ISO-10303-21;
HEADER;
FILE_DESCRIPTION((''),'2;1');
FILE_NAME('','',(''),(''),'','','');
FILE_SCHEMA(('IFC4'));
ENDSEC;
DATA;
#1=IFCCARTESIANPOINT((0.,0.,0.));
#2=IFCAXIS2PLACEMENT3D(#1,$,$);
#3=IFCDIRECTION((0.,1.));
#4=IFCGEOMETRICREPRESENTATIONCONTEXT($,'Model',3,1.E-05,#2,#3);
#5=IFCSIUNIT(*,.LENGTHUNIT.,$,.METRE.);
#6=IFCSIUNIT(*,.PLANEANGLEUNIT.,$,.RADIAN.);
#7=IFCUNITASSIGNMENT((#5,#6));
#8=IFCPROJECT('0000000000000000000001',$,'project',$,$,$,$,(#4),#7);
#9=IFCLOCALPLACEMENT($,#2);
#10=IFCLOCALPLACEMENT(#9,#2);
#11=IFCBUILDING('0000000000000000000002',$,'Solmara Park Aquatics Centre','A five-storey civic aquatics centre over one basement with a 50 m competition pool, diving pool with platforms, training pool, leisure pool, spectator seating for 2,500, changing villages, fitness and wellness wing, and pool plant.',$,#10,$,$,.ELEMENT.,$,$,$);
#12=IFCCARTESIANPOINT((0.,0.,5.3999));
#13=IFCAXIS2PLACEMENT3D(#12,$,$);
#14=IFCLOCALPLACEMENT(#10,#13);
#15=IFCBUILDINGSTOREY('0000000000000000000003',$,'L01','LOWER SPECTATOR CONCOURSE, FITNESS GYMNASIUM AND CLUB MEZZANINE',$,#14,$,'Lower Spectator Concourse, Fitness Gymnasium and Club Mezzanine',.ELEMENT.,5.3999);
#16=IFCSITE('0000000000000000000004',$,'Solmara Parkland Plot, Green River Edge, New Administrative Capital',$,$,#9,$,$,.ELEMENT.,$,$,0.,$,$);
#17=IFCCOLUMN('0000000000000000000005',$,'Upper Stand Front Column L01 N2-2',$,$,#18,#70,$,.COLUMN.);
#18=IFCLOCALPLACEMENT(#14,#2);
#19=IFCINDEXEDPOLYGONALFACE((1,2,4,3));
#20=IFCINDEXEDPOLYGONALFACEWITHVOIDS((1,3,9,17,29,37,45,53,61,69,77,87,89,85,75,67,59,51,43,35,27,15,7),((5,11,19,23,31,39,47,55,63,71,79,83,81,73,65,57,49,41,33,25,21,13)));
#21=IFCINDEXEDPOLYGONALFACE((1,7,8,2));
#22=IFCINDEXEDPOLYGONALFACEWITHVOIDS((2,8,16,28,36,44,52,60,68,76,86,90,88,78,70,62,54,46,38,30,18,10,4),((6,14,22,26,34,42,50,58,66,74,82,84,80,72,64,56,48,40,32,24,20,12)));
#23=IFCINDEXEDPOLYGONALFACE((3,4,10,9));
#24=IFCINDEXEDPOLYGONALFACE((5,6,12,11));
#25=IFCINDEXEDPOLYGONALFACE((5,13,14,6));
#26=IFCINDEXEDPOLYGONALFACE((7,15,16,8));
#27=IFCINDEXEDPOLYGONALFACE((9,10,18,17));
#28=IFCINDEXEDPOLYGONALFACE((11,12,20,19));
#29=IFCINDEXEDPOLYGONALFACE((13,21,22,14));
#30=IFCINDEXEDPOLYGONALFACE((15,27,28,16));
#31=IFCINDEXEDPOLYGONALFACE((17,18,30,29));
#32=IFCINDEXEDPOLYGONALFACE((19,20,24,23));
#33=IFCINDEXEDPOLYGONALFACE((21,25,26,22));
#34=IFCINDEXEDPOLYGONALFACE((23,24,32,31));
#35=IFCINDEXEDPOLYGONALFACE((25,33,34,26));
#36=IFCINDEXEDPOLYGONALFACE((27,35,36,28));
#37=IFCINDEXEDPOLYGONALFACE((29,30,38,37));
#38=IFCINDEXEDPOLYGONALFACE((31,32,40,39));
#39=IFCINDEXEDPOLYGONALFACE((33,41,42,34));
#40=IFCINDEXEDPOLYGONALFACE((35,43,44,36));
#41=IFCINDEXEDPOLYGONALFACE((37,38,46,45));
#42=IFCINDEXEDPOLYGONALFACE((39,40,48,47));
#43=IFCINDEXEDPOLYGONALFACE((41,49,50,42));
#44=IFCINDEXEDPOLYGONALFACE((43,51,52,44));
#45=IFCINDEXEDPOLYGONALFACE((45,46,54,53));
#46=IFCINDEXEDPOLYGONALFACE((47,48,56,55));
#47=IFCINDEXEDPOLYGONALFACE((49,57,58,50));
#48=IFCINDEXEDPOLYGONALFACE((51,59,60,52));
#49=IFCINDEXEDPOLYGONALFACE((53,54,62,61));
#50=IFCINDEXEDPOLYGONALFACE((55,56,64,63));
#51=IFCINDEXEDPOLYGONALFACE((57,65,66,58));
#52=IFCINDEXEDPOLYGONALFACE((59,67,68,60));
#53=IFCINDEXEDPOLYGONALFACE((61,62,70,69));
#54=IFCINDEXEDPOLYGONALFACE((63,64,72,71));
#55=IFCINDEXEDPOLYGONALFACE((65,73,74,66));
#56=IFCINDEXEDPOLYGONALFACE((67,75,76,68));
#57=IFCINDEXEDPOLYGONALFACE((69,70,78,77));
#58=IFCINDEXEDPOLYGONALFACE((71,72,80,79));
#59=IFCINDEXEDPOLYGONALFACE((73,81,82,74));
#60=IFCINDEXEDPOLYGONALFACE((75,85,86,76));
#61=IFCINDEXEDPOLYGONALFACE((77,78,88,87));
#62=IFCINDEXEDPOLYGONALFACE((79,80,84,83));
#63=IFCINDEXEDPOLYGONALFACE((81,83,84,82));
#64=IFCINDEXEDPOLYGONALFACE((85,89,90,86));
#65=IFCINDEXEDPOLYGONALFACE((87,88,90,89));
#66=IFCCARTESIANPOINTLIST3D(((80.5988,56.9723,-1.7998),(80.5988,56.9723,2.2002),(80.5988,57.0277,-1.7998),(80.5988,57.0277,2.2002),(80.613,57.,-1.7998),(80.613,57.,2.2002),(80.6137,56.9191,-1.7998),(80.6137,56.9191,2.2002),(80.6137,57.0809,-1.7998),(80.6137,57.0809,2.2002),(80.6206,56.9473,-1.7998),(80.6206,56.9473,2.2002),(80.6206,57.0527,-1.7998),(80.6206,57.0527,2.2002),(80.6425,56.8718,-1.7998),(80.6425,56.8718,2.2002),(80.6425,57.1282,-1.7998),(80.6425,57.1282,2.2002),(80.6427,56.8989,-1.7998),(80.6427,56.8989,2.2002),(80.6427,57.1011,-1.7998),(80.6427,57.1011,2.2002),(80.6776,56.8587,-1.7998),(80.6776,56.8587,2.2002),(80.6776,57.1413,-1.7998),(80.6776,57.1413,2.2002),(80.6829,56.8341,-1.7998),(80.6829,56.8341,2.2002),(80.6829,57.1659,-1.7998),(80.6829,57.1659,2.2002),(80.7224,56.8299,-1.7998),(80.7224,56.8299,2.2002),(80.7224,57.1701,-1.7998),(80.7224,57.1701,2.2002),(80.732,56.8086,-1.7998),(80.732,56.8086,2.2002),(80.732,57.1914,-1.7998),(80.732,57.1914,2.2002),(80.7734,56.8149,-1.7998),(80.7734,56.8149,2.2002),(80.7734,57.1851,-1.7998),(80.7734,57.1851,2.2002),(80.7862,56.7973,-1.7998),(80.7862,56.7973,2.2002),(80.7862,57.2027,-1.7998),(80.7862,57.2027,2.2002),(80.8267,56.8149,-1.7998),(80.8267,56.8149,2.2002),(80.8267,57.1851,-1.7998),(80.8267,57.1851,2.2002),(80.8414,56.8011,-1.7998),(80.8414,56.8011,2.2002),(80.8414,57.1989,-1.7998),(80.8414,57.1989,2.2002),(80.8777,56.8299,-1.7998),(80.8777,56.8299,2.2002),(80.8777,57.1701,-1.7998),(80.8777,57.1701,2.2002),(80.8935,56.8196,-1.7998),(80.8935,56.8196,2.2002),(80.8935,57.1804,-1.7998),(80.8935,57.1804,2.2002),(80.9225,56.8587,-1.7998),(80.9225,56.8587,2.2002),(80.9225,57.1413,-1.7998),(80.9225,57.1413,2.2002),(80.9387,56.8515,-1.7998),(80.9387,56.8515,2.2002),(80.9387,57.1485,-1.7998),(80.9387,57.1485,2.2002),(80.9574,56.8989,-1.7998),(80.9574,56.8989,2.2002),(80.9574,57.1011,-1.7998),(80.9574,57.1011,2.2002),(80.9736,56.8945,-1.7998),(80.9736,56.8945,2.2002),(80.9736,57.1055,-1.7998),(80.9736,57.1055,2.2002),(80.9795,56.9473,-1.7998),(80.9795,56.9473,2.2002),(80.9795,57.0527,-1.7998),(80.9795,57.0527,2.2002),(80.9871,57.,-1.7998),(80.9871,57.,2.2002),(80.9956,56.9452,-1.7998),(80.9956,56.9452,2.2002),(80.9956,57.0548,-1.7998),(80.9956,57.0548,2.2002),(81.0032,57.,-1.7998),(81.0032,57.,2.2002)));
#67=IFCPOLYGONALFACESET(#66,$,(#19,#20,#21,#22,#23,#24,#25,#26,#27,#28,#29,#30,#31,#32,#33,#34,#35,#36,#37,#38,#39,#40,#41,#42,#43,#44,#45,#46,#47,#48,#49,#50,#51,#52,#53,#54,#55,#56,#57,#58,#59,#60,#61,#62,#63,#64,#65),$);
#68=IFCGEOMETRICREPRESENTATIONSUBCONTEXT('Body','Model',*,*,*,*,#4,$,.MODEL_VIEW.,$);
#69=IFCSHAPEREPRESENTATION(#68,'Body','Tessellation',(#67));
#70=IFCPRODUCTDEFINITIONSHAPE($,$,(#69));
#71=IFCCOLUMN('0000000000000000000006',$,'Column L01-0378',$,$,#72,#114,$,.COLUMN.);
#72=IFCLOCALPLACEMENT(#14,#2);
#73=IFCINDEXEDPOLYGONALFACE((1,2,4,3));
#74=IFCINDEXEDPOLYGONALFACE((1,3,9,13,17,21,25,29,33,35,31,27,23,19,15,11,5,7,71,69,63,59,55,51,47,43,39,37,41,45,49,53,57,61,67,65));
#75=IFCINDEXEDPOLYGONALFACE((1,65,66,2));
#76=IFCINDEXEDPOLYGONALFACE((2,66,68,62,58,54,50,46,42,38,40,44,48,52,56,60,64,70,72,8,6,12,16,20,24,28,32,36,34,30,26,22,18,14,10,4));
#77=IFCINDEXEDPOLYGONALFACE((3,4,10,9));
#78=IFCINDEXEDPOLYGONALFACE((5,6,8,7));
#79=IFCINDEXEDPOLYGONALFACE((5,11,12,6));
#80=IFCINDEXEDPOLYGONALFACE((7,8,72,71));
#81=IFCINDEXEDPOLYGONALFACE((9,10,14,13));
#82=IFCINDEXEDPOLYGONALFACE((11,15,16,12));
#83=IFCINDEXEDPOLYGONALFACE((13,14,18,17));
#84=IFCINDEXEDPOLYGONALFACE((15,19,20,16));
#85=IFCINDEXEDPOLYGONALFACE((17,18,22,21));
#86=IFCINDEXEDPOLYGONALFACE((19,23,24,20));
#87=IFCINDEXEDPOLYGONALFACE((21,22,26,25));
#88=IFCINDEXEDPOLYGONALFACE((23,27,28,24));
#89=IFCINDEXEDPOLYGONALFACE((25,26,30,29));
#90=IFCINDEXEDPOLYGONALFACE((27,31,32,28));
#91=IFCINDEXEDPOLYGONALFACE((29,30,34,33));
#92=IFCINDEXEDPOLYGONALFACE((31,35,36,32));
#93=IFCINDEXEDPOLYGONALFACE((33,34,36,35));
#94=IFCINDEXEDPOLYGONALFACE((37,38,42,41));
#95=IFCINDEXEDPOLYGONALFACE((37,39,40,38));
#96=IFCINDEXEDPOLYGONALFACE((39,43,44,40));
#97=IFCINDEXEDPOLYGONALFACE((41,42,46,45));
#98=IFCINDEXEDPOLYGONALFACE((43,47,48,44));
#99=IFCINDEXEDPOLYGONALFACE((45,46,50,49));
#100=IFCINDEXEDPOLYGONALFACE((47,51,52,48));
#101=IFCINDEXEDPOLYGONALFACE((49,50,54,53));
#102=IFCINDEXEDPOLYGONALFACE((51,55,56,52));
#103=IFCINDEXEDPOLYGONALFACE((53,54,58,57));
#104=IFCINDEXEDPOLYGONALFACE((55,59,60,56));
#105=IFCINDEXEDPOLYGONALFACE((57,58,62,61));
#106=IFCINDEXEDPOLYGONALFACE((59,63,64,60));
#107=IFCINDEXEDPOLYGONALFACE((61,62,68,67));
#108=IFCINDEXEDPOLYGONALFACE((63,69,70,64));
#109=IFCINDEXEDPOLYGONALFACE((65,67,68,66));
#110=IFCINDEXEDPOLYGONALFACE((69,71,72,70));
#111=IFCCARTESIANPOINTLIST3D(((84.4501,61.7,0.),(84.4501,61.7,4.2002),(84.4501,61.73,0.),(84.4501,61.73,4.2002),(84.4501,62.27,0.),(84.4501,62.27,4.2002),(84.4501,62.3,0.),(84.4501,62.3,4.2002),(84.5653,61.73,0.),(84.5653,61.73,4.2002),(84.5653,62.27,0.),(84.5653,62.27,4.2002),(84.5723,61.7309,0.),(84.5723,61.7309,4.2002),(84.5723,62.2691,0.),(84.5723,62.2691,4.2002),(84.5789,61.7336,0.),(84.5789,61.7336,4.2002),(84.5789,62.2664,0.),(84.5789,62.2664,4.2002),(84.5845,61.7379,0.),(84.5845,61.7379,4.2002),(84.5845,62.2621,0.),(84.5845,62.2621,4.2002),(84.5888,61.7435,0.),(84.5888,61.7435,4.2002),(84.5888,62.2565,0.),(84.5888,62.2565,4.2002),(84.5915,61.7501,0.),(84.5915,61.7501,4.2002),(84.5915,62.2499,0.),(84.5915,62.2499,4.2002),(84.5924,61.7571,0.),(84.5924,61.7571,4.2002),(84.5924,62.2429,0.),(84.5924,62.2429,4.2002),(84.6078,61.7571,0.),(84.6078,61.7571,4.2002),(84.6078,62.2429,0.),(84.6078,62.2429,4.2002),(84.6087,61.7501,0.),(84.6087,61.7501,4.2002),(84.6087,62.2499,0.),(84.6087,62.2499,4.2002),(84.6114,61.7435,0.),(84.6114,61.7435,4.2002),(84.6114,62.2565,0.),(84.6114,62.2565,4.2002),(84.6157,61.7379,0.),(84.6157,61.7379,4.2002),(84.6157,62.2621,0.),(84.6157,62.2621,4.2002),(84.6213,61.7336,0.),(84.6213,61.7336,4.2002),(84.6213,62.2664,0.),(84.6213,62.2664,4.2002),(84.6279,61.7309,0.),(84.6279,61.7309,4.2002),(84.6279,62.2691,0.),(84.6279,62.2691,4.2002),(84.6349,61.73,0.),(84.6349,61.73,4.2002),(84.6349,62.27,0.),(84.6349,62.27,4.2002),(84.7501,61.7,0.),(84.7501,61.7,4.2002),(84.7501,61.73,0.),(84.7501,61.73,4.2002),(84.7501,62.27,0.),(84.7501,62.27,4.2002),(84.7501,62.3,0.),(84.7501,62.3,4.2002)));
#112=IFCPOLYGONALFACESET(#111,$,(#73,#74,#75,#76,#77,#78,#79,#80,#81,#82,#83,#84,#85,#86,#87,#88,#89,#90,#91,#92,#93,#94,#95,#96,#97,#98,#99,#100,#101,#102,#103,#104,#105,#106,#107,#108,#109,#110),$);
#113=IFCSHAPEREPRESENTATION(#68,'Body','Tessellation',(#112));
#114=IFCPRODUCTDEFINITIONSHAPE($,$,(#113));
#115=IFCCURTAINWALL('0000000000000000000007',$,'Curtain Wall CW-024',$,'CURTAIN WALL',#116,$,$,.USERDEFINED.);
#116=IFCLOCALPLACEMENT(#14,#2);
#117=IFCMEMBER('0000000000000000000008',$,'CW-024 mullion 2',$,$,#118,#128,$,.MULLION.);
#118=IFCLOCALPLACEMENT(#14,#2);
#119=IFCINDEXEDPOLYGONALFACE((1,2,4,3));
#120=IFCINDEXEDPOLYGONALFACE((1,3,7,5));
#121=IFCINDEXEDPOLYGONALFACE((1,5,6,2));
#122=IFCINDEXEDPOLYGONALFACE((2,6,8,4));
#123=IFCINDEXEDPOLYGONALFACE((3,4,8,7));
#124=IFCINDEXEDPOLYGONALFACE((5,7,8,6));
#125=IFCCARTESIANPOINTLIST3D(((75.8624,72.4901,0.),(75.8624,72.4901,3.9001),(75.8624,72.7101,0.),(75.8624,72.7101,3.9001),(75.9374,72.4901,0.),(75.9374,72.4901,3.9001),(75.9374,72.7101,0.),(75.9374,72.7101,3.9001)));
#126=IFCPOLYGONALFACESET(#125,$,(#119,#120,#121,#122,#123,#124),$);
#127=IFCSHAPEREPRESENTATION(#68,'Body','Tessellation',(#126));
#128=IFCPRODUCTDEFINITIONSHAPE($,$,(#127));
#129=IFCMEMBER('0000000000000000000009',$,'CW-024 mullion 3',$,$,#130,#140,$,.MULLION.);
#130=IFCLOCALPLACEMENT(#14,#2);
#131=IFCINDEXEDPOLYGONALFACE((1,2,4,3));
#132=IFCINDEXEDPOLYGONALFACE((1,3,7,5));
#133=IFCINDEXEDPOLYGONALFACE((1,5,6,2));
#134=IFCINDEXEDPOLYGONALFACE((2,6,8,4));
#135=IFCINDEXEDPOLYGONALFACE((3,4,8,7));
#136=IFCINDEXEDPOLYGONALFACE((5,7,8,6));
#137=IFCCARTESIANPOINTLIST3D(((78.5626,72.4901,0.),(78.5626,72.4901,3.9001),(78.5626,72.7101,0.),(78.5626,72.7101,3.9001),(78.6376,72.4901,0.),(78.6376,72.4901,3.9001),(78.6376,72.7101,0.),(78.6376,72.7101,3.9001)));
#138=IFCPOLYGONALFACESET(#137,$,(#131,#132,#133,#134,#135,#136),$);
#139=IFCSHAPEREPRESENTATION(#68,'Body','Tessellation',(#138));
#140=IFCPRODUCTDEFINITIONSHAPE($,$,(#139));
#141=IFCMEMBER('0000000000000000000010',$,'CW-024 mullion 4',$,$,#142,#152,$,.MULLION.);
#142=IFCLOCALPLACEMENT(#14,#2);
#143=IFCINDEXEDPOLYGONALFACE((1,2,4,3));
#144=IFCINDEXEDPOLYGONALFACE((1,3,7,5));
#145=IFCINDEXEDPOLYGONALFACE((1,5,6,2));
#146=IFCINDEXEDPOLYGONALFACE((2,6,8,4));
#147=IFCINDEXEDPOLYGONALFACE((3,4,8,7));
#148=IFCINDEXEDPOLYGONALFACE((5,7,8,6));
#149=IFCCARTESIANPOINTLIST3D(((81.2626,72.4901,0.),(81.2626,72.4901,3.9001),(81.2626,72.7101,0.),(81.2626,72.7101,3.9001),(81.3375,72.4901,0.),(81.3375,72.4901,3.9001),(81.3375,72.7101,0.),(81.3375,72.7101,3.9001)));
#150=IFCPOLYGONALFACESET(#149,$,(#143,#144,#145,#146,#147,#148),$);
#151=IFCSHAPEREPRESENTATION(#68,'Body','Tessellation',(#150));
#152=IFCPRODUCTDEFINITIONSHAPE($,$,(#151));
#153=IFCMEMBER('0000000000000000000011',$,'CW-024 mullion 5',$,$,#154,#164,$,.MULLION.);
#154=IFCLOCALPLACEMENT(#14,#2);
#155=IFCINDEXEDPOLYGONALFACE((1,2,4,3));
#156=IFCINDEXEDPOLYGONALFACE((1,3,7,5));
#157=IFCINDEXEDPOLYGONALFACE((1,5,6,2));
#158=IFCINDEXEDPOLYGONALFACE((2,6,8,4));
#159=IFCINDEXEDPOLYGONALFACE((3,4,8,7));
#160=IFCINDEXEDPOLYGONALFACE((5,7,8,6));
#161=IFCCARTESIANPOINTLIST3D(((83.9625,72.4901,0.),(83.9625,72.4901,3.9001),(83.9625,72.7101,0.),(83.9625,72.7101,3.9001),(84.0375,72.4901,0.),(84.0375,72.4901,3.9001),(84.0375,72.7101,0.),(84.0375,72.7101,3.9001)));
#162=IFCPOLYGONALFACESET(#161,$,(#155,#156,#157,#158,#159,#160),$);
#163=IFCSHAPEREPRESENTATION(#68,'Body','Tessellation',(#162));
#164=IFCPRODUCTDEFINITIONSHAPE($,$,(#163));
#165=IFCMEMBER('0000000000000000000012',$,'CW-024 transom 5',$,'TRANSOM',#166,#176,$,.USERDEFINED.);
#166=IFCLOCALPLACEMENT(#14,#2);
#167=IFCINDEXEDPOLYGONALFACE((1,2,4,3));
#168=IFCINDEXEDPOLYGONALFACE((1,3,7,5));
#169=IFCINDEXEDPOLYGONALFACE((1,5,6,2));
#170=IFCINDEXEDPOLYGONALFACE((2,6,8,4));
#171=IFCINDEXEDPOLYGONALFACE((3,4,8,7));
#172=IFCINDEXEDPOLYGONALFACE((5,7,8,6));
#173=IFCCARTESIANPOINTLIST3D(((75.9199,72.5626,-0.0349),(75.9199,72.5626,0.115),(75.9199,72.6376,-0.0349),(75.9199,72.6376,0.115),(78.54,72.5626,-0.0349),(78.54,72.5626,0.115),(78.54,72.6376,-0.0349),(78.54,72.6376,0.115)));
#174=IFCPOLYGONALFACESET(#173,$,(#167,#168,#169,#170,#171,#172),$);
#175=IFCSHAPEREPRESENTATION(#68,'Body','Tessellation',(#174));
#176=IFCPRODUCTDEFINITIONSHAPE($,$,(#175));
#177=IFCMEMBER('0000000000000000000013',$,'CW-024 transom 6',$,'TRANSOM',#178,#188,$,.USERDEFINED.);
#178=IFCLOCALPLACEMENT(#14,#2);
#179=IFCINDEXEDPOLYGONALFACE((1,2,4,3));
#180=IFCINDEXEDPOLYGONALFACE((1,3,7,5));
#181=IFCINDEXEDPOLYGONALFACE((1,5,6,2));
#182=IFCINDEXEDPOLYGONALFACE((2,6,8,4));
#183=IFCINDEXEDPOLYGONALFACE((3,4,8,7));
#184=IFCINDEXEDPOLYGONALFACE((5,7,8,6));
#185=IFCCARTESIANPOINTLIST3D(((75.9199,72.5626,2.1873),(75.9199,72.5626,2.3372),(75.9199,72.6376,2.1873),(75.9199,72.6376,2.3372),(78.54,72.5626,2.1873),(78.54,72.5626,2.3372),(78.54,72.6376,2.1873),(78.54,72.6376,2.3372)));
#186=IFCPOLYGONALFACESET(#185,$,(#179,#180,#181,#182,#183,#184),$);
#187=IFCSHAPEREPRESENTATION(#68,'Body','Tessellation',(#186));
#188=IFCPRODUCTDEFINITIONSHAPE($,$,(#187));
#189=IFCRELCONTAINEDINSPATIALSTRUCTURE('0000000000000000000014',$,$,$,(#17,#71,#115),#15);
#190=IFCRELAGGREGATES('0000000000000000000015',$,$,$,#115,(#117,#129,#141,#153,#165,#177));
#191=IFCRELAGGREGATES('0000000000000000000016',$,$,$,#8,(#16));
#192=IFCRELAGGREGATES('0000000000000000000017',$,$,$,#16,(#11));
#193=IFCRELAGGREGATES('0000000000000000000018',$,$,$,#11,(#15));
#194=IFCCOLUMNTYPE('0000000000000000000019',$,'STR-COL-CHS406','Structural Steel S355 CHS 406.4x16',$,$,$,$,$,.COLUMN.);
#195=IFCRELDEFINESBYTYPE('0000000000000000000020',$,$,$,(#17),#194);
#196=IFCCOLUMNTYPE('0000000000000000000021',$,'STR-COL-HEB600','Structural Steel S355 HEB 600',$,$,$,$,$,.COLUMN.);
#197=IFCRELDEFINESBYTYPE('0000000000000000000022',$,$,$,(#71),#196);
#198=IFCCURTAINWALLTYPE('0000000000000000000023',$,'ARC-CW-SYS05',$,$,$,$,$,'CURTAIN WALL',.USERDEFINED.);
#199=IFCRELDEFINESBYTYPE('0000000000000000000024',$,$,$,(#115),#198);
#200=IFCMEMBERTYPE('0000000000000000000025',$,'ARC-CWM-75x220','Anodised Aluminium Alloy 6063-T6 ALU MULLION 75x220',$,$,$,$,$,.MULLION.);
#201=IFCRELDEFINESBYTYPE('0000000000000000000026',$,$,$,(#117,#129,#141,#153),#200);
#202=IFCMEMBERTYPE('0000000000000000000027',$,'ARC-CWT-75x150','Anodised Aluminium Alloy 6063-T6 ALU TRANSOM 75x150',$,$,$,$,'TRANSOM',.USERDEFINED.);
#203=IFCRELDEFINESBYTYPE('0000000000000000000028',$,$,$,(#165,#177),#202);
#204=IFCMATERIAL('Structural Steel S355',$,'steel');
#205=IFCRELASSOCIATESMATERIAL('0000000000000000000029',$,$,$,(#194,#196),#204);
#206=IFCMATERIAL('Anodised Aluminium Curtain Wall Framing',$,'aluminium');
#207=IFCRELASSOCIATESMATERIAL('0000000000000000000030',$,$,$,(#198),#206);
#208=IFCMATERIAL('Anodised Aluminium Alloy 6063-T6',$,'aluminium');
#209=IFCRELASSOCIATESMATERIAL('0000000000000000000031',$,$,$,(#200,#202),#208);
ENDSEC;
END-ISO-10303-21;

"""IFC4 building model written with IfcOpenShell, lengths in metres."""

from ifc_helpers import new_model, si_unit, direction, frame, origin, origin_2d, place, context, subcontext, project, spatial, rectangle, hollow_circle, i_section, extrude, material, material_profile, profile_set, type_object, element, aggregate, save


model = new_model("IFC4")

# Units and contexts
model_context = context("Model", 3, precision=1e-05, world=origin(), true_north=direction((0.0, 1.0)))
body_context = subcontext(model_context, "Body", "Model", "MODEL_VIEW")
ifc_project = project(units=[si_unit("LENGTHUNIT", "METRE"), si_unit("PLANEANGLEUNIT", "RADIAN")], contexts=[model_context])

# Site, building, storey
site_placement = place(None, origin())
site = spatial("IfcSite", under=ifc_project, at=site_placement, Name="Solmara Parkland Plot, Green River Edge, New Administrative Capital", CompositionType="ELEMENT", RefElevation=0.0)
building_placement = place(site_placement, origin())
building = spatial("IfcBuilding", under=site, at=building_placement, Name="Solmara Park Aquatics Centre", Description="A five-storey civic aquatics centre over one basement with a 50 m competition pool, diving pool with platforms, training pool, leisure pool, spectator seating for 2,500, changing villages, fitness and wellness wing, and pool plant.", CompositionType="ELEMENT")
storey_placement = place(building_placement, frame((0.0, 0.0, 5.3999)))
storey = spatial("IfcBuildingStorey", under=building, at=storey_placement, Name="L01", Description="LOWER SPECTATOR CONCOURSE, FITNESS GYMNASIUM AND CLUB MEZZANINE", LongName="Lower Spectator Concourse, Fitness Gymnasium and Club Mezzanine", CompositionType="ELEMENT", Elevation=5.3999)

# Columns
ifc_material_1 = material(Name="Structural Steel S355", Category="steel")
ifc_material_profile_1 = material_profile(ifc_material_1, hollow_circle(Radius=0.2031, WallThickness=0.0161, at=origin_2d()), Name="CHS 406.4x16")
ifc_profile_set_1 = profile_set([ifc_material_profile_1], Name="Structural Steel S355")
column_type_1 = type_object("IfcColumnType", Name="STR-COL-CHS406", Description="Structural Steel S355 CHS 406.4x16", PredefinedType="COLUMN", material=ifc_profile_set_1)
column_1_placement = place(storey_placement, frame((80.8, 57.0, -1.7998), z_axis=(0.0, 0.0, 1.0), x_axis=(1.0, 0.0, 0.0)))
element("IfcColumn", 1, at=column_1_placement, inside=storey, type_object=column_type_1, Name="Upper Stand Front Column L01 N2-2", PredefinedType="COLUMN", context=body_context, shape_type="SweptSolid", body=[
    extrude(hollow_circle(Radius=0.2031, WallThickness=0.0161, at=origin_2d()), origin(), (0.0, 0.0, 1.0), 4.0),
])
ifc_material_profile_2 = material_profile(ifc_material_1, i_section(OverallWidth=0.3, OverallDepth=0.6001, WebThickness=0.0154, FlangeThickness=0.03, FilletRadius=0.0271, at=origin_2d()), Name="HEB 600")
ifc_profile_set_2 = profile_set([ifc_material_profile_2], Name="Structural Steel S355")
column_type_2 = type_object("IfcColumnType", Name="STR-COL-HEB600", Description="Structural Steel S355 HEB 600", PredefinedType="COLUMN", material=ifc_profile_set_2)
column_2_placement = place(storey_placement, frame((84.6001, 62.0, 0.0), z_axis=(0.0, 0.0, 1.0), x_axis=(1.0, 0.0, 0.0)))
element("IfcColumn", 2, at=column_2_placement, inside=storey, type_object=column_type_2, Name="Column L01-0378", PredefinedType="COLUMN", context=body_context, shape_type="SweptSolid", body=[
    extrude(i_section(OverallWidth=0.3, OverallDepth=0.6001, WebThickness=0.0154, FlangeThickness=0.03, FilletRadius=0.0271, at=origin_2d()), origin(), (0.0, 0.0, 1.0), 4.2002),
])

# Curtain wall, members
ifc_material_2 = material(Name="Anodised Aluminium Curtain Wall Framing", Category="aluminium")
curtain_wall_type = type_object("IfcCurtainWallType", Name="ARC-CW-SYS05", ElementType="CURTAIN WALL", PredefinedType="USERDEFINED", material=ifc_material_2)
curtain_wall_placement = place(storey_placement, origin())
curtain_wall = element("IfcCurtainWall", 3, at=curtain_wall_placement, inside=storey, type_object=curtain_wall_type, Name="Curtain Wall CW-024", ObjectType="CURTAIN WALL", PredefinedType="USERDEFINED")
ifc_material_3 = material(Name="Anodised Aluminium Alloy 6063-T6", Category="aluminium")
ifc_material_profile_3 = material_profile(ifc_material_3, rectangle(XDim=0.075, YDim=0.22, at=origin_2d()), Name="ALU MULLION 75x220")
ifc_profile_set_3 = profile_set([ifc_material_profile_3], Name="Anodised Aluminium Alloy 6063-T6")
member_type_1 = type_object("IfcMemberType", Name="ARC-CWM-75x220", Description="Anodised Aluminium Alloy 6063-T6 ALU MULLION 75x220", PredefinedType="MULLION", material=ifc_profile_set_3)
member_1_placement = place(storey_placement, frame((75.8999, 72.6001, 0.0), z_axis=(0.0, 0.0, 1.0), x_axis=(1.0, 0.0, 0.0)))
member_1 = element("IfcMember", 4, at=member_1_placement, type_object=member_type_1, Name="CW-024 mullion 2", PredefinedType="MULLION", context=body_context, shape_type="SweptSolid", body=[
    extrude(rectangle(XDim=0.075, YDim=0.22, at=origin_2d()), origin(), (0.0, 0.0, 1.0), 3.9001),
])
member_2_placement = place(storey_placement, frame((78.6001, 72.6001, 0.0), z_axis=(0.0, 0.0, 1.0), x_axis=(1.0, 0.0, 0.0)))
member_2 = element("IfcMember", 5, at=member_2_placement, type_object=member_type_1, Name="CW-024 mullion 3", PredefinedType="MULLION", context=body_context, shape_type="SweptSolid", body=[
    extrude(rectangle(XDim=0.075, YDim=0.22, at=origin_2d()), origin(), (0.0, 0.0, 1.0), 3.9001),
])
member_3_placement = place(storey_placement, frame((81.3, 72.6001, 0.0), z_axis=(0.0, 0.0, 1.0), x_axis=(1.0, 0.0, 0.0)))
member_3 = element("IfcMember", 6, at=member_3_placement, type_object=member_type_1, Name="CW-024 mullion 4", PredefinedType="MULLION", context=body_context, shape_type="SweptSolid", body=[
    extrude(rectangle(XDim=0.075, YDim=0.22, at=origin_2d()), origin(), (0.0, 0.0, 1.0), 3.9001),
])
member_4_placement = place(storey_placement, frame((84.0, 72.6001, 0.0), z_axis=(0.0, 0.0, 1.0), x_axis=(1.0, 0.0, 0.0)))
member_4 = element("IfcMember", 7, at=member_4_placement, type_object=member_type_1, Name="CW-024 mullion 5", PredefinedType="MULLION", context=body_context, shape_type="SweptSolid", body=[
    extrude(rectangle(XDim=0.075, YDim=0.22, at=origin_2d()), origin(), (0.0, 0.0, 1.0), 3.9001),
])
ifc_material_profile_4 = material_profile(ifc_material_3, rectangle(XDim=0.075, YDim=0.1499, at=origin_2d()), Name="ALU TRANSOM 75x150")
ifc_profile_set_4 = profile_set([ifc_material_profile_4], Name="Anodised Aluminium Alloy 6063-T6")
member_type_2 = type_object("IfcMemberType", Name="ARC-CWT-75x150", Description="Anodised Aluminium Alloy 6063-T6 ALU TRANSOM 75x150", ElementType="TRANSOM", PredefinedType="USERDEFINED", material=ifc_profile_set_4)
member_5_placement = place(storey_placement, frame((75.9199, 72.6001, 0.04), z_axis=(1.0, 0.0, 0.0), x_axis=(0.0, 1.0, 0.0)))
member_5 = element("IfcMember", 8, at=member_5_placement, type_object=member_type_2, Name="CW-024 transom 5", ObjectType="TRANSOM", PredefinedType="USERDEFINED", context=body_context, shape_type="SweptSolid", body=[
    extrude(rectangle(XDim=0.075, YDim=0.1499, at=origin_2d()), origin(), (0.0, 0.0, 1.0), 2.6201),
])
member_6_placement = place(storey_placement, frame((75.9199, 72.6001, 2.2622), z_axis=(1.0, 0.0, 0.0), x_axis=(0.0, 1.0, 0.0)))
member_6 = element("IfcMember", 9, at=member_6_placement, type_object=member_type_2, Name="CW-024 transom 6", ObjectType="TRANSOM", PredefinedType="USERDEFINED", context=body_context, shape_type="SweptSolid", body=[
    extrude(rectangle(XDim=0.075, YDim=0.1499, at=origin_2d()), origin(), (0.0, 0.0, 1.0), 2.6201),
])

aggregate(curtain_wall, [member_1, member_2, member_3, member_4, member_5, member_6])

save(model, "model.ifc")
